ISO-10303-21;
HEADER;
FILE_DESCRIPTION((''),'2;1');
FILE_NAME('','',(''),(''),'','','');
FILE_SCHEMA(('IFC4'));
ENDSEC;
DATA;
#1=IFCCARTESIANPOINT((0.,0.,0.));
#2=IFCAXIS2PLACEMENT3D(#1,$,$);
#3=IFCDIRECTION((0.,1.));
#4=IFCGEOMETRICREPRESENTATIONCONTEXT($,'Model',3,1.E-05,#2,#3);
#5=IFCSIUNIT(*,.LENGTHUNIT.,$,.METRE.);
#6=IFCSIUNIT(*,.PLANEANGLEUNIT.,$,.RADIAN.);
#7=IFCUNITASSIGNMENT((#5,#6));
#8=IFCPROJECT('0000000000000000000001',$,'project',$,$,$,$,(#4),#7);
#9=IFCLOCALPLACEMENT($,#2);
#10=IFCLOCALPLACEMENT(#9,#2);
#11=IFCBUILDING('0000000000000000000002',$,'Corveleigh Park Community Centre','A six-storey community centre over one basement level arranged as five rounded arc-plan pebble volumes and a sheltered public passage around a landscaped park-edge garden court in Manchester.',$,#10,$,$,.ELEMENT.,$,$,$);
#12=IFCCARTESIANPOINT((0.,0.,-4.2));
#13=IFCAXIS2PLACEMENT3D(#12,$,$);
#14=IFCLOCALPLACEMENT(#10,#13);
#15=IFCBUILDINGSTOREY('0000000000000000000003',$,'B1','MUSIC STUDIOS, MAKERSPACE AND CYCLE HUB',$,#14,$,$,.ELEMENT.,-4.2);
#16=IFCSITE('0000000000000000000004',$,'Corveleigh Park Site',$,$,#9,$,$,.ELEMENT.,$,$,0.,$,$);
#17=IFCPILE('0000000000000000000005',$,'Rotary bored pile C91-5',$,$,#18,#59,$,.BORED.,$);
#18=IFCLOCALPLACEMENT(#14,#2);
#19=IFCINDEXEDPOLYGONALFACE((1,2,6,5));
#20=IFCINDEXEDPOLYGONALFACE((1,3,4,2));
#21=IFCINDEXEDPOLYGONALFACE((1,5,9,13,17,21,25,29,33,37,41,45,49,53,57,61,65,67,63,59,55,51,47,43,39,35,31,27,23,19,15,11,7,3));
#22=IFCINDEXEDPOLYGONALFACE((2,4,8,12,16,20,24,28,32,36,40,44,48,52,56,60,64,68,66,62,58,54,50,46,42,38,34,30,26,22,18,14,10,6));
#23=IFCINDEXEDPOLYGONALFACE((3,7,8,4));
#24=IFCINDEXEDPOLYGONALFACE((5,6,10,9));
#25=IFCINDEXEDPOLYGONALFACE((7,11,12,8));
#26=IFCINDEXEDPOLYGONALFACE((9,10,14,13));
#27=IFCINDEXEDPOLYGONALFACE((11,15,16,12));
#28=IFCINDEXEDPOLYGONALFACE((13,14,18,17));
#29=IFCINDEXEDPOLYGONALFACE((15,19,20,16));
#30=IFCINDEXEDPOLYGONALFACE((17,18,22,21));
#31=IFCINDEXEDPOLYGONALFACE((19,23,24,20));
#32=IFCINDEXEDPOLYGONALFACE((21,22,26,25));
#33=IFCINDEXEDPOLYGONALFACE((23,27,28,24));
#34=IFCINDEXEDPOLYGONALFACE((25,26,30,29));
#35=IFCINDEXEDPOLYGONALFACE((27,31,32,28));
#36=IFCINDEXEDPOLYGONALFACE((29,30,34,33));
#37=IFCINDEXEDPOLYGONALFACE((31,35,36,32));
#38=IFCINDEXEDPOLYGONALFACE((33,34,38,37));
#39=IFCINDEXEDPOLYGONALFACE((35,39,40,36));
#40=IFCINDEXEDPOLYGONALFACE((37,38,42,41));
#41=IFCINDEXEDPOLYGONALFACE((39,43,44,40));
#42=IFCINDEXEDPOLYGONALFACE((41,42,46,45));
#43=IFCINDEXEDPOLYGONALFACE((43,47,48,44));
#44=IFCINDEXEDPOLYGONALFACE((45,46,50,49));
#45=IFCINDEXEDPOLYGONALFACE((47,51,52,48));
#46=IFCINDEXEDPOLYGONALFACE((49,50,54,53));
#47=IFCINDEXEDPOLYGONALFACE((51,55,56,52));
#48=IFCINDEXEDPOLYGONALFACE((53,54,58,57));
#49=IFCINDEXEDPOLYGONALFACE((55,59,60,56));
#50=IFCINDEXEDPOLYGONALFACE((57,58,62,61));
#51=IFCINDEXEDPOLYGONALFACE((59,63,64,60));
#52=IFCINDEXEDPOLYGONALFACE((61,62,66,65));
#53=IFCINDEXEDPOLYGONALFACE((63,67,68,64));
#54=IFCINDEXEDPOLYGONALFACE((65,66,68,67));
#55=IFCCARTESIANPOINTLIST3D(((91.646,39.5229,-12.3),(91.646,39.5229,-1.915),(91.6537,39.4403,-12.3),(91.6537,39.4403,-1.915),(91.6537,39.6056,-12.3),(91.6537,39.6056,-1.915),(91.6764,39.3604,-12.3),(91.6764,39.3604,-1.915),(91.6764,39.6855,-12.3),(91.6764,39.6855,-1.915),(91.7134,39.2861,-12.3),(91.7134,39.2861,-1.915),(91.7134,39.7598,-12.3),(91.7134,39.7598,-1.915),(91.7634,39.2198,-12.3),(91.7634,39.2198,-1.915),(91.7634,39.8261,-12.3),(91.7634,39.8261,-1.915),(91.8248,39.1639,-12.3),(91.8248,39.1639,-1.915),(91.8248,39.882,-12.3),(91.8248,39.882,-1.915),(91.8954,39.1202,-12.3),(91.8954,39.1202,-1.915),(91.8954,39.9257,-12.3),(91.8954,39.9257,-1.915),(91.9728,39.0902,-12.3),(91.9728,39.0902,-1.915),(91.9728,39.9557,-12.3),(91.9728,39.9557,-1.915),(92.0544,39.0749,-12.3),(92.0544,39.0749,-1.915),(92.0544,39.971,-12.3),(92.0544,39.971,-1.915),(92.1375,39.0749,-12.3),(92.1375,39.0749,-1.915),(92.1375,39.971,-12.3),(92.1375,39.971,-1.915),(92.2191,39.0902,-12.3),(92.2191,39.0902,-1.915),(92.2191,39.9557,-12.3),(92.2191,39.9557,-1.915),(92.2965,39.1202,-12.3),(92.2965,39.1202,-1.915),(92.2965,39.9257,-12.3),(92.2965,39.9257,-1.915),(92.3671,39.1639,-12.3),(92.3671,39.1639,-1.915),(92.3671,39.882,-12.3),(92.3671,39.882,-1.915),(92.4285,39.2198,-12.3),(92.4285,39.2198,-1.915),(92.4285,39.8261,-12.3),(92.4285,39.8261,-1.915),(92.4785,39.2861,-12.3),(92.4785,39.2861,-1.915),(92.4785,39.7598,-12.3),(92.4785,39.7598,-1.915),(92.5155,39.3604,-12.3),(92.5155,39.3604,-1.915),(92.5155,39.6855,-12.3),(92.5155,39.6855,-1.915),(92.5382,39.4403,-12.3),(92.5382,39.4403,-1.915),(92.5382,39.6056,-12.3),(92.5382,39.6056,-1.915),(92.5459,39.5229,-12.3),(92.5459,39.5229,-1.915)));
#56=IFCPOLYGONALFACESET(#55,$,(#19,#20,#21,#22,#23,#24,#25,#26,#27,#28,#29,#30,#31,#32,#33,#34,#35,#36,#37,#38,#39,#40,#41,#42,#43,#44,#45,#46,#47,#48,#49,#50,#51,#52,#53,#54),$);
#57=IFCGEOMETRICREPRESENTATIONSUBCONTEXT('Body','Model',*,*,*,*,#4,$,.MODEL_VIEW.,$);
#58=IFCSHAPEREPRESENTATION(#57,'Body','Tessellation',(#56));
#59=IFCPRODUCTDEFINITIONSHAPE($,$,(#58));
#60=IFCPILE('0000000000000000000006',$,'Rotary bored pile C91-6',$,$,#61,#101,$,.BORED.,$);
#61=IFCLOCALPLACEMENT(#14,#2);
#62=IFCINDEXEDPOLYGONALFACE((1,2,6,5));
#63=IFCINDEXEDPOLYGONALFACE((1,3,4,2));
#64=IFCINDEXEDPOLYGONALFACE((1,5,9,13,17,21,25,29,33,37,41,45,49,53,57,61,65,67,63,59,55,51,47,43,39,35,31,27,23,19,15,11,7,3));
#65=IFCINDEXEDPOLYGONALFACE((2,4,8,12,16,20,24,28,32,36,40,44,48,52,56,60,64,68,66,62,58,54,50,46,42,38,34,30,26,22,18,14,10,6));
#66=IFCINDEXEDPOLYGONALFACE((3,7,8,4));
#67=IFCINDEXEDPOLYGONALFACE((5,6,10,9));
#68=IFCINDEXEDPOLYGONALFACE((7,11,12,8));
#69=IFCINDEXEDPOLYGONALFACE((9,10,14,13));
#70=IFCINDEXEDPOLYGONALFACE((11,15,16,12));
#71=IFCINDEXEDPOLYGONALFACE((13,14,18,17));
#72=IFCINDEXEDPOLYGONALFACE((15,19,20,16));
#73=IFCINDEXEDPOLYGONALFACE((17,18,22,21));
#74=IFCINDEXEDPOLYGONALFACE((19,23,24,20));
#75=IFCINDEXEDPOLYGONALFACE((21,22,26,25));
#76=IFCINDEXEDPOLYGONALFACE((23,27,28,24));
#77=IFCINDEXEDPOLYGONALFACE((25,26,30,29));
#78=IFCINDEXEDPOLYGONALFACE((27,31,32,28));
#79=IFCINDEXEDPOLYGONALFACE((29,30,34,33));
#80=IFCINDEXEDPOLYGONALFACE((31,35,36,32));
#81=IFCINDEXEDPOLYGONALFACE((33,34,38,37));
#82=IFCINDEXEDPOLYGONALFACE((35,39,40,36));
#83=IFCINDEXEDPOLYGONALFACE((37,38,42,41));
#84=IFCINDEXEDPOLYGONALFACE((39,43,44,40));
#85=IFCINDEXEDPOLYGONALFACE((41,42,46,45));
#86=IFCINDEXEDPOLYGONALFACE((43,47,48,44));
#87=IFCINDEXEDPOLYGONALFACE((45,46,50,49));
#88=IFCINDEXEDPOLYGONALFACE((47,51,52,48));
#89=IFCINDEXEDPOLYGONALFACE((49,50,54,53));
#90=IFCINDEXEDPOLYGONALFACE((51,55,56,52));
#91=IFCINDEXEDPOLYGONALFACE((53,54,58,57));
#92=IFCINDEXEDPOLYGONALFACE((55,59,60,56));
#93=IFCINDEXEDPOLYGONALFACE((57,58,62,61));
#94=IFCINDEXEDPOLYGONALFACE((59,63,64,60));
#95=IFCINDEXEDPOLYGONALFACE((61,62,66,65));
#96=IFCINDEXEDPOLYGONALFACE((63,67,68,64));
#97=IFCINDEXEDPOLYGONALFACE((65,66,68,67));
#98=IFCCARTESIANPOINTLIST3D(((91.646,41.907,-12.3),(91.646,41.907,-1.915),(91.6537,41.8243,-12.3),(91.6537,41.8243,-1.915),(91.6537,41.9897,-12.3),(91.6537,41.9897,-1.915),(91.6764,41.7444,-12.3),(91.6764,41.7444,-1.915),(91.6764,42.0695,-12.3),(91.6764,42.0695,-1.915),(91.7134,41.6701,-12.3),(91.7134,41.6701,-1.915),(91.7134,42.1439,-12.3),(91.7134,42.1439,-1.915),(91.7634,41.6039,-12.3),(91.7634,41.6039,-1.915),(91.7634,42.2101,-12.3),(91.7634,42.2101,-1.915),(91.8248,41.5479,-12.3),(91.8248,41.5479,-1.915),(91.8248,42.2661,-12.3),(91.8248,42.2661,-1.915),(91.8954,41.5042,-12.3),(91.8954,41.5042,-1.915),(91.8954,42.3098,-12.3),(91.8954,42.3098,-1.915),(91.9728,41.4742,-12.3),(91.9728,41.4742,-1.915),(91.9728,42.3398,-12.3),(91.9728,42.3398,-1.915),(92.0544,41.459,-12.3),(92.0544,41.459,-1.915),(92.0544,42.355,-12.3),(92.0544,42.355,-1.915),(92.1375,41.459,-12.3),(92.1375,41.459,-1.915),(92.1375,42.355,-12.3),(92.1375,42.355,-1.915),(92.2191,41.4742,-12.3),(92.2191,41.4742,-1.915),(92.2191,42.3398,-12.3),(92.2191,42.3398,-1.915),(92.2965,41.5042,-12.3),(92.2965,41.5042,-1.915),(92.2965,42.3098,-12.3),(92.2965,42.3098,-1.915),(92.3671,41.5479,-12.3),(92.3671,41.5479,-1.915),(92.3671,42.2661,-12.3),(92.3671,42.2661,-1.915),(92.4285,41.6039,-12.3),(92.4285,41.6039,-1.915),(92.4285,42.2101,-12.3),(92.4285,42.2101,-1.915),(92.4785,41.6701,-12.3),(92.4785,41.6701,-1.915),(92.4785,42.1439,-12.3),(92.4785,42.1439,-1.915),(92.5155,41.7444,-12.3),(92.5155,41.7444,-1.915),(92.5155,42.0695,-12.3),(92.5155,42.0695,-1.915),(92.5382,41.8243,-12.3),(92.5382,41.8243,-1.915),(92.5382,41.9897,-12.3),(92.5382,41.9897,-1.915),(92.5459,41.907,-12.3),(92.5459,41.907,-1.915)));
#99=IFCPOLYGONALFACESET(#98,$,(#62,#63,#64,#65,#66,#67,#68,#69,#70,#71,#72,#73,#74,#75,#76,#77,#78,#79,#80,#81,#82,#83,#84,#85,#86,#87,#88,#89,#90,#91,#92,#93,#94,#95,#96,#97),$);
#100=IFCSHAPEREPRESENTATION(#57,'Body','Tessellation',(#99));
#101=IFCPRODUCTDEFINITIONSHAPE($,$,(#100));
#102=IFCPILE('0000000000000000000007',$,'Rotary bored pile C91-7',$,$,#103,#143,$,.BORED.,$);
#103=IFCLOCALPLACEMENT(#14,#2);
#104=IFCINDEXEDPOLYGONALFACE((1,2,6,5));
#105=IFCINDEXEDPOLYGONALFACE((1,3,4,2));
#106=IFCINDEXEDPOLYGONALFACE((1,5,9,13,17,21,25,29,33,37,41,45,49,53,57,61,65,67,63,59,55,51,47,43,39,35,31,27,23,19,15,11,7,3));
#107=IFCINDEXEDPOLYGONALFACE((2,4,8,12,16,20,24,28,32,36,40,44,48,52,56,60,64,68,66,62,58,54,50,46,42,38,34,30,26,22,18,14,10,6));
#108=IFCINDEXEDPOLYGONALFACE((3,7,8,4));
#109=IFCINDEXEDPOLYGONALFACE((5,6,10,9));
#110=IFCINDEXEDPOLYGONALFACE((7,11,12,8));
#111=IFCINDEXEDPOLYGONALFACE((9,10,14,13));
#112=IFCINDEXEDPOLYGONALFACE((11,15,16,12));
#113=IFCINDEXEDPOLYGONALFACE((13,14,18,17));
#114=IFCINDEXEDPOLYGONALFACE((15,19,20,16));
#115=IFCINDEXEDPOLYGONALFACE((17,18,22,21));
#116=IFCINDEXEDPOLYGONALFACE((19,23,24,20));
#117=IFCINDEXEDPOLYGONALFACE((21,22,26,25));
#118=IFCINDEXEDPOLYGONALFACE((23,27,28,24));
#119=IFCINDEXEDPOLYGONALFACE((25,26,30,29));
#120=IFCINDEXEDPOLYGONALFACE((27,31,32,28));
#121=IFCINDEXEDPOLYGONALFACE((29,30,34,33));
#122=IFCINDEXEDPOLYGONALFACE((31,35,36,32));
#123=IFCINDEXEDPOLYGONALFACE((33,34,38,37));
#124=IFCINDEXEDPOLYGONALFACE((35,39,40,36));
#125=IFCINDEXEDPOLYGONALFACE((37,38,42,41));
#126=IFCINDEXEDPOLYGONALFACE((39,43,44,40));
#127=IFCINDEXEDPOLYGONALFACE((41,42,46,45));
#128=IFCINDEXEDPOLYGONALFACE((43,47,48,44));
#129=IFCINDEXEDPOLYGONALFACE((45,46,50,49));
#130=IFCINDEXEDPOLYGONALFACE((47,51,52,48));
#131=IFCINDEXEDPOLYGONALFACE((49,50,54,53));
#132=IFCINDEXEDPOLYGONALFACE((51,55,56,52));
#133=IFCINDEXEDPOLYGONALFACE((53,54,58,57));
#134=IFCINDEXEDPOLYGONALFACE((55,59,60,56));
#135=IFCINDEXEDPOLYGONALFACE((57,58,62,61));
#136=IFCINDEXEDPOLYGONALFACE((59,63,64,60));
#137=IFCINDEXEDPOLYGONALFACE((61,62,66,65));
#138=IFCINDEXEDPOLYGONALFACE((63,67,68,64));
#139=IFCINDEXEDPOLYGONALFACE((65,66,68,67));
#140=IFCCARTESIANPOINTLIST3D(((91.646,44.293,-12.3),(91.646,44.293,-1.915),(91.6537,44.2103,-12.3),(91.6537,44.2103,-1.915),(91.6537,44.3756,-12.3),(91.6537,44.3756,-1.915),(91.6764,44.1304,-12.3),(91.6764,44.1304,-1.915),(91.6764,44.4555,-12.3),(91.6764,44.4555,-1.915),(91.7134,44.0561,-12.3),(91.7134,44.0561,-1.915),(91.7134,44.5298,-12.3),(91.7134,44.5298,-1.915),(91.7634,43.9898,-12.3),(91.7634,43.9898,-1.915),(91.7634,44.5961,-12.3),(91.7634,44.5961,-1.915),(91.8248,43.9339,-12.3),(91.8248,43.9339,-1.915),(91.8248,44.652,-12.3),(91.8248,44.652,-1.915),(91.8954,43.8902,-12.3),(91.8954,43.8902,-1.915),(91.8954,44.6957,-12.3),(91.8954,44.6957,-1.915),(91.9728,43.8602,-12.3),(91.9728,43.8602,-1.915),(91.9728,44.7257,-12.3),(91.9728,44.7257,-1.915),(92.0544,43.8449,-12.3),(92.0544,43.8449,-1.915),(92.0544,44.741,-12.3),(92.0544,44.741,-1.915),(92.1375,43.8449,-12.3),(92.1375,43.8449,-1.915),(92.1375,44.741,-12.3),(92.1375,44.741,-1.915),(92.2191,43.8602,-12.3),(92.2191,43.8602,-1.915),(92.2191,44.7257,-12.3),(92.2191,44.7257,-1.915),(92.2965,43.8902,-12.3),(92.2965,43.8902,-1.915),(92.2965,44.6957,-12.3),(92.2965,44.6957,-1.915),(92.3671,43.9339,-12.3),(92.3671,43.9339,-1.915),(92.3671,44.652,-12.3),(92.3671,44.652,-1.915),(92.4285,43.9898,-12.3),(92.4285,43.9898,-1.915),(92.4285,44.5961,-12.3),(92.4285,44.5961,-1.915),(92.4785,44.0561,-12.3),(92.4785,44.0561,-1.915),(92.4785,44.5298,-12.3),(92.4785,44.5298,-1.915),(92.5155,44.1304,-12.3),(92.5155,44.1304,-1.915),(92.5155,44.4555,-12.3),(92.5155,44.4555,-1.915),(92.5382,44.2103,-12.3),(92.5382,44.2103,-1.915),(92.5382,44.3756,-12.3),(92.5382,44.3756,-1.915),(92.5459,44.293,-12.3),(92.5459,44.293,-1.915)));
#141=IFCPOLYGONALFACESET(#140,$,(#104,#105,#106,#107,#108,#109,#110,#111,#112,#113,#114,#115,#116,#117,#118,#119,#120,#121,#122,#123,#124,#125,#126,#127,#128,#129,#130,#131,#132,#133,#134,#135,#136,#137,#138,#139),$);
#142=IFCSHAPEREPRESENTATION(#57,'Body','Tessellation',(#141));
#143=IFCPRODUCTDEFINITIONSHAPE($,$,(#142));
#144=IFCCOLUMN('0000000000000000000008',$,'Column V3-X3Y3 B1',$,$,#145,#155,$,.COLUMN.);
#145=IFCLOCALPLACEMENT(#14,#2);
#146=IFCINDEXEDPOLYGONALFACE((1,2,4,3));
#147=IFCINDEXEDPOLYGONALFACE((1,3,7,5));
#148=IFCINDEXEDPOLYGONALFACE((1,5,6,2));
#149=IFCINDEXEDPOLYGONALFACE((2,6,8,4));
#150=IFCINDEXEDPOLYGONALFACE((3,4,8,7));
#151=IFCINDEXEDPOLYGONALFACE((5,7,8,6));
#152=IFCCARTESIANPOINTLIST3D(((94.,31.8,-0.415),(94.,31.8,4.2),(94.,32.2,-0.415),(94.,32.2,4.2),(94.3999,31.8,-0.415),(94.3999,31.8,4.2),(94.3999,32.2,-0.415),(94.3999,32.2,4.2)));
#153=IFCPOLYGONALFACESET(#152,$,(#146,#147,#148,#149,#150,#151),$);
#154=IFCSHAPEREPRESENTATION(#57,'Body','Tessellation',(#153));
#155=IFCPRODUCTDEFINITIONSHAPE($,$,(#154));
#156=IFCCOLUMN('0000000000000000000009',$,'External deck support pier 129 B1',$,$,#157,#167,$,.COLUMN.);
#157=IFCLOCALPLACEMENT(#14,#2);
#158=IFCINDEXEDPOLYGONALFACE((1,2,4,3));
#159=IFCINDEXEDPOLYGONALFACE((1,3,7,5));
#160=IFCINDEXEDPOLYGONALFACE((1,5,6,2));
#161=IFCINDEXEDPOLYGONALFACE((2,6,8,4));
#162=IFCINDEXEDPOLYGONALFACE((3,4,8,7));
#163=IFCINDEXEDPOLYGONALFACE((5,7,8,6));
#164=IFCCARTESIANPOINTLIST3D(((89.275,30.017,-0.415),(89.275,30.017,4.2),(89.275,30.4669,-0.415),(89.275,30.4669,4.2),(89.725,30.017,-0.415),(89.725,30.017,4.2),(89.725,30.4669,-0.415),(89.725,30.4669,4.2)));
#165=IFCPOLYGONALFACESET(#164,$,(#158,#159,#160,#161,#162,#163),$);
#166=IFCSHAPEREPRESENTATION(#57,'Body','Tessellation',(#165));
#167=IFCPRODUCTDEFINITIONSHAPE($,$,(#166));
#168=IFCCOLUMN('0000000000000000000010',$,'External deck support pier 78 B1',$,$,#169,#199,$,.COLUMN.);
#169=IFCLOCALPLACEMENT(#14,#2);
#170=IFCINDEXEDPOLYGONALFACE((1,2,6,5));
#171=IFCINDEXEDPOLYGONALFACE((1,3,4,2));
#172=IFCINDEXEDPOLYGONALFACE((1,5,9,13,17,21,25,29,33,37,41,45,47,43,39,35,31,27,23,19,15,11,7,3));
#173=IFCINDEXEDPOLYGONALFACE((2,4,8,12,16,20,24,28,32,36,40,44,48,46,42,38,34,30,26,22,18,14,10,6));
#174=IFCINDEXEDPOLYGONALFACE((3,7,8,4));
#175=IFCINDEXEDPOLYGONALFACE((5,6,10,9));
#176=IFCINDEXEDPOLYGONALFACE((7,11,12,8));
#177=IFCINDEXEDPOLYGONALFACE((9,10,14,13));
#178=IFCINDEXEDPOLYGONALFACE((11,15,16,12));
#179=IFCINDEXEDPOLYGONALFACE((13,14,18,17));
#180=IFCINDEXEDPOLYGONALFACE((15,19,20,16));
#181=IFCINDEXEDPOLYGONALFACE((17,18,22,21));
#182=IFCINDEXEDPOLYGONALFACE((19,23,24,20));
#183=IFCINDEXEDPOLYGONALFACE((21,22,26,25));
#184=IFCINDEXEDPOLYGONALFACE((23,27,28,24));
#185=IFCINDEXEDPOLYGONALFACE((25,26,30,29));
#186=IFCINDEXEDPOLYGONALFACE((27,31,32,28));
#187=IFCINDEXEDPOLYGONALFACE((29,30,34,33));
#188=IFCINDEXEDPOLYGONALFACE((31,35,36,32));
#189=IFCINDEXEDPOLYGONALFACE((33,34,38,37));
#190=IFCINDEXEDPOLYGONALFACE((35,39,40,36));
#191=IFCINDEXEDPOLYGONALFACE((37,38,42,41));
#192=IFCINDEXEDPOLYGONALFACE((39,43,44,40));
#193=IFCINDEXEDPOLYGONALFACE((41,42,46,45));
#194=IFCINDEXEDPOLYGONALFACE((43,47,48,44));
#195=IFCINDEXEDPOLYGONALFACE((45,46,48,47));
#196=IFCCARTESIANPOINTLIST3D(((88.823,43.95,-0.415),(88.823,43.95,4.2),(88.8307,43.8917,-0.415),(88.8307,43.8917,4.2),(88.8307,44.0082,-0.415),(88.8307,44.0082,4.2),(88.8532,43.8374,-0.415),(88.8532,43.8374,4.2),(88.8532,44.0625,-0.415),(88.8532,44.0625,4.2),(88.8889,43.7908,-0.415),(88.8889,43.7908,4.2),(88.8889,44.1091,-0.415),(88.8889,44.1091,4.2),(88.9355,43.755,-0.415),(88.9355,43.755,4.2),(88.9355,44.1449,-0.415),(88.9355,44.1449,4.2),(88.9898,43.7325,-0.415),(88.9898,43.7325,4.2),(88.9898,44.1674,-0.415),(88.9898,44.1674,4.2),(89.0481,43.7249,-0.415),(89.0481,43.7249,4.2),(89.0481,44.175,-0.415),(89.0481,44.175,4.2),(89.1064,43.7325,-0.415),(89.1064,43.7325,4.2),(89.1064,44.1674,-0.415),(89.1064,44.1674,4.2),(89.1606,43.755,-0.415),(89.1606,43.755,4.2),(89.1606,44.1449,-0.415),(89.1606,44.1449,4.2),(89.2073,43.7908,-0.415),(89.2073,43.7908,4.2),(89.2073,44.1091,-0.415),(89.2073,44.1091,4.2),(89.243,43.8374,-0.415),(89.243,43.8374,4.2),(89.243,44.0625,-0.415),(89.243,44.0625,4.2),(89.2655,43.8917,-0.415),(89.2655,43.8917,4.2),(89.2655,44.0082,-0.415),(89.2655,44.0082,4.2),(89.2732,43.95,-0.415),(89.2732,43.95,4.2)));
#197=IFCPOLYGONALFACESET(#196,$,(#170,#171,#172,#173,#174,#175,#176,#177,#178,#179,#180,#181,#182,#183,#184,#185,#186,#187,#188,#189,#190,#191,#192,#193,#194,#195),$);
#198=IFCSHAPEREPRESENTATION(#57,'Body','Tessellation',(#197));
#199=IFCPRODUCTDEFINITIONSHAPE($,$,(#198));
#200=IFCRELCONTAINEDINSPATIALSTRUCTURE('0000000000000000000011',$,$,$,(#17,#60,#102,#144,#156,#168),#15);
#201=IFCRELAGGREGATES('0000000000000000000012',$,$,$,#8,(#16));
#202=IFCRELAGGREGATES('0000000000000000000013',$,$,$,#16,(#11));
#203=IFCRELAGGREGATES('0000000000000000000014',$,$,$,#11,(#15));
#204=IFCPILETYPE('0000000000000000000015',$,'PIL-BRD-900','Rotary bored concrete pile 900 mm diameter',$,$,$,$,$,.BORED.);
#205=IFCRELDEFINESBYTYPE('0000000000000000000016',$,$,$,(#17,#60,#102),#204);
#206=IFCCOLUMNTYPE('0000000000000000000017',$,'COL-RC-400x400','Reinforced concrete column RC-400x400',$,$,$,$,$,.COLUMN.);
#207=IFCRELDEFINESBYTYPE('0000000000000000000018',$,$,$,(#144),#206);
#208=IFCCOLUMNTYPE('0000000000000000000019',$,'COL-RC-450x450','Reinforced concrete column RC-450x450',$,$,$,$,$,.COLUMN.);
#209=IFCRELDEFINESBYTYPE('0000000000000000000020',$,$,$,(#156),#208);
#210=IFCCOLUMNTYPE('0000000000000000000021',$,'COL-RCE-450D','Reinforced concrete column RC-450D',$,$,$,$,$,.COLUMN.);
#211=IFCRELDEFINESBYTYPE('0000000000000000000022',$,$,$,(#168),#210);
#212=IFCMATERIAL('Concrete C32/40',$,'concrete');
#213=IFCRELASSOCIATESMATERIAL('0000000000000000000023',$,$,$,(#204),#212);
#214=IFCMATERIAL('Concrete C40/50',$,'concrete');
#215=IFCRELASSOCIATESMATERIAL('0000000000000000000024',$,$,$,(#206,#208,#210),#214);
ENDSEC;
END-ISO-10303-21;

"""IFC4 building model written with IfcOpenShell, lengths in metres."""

from ifc_helpers import new_model, si_unit, direction, frame, origin, origin_2d, place, context, subcontext, project, spatial, rectangle, circle, extrude, material, material_profile, profile_set, type_object, element, save


model = new_model("IFC4")

# Units and contexts
model_context = context("Model", 3, precision=1e-05, world=origin(), true_north=direction((0.0, 1.0)))
body_context = subcontext(model_context, "Body", "Model", "MODEL_VIEW")
ifc_project = project(units=[si_unit("LENGTHUNIT", "METRE"), si_unit("PLANEANGLEUNIT", "RADIAN")], contexts=[model_context])

# Site, building, storey
site_placement = place(None, origin())
site = spatial("IfcSite", under=ifc_project, at=site_placement, Name="Corveleigh Park Site", CompositionType="ELEMENT", RefElevation=0.0)
building_placement = place(site_placement, origin())
building = spatial("IfcBuilding", under=site, at=building_placement, Name="Corveleigh Park Community Centre", Description="A six-storey community centre over one basement level arranged as five rounded arc-plan pebble volumes and a sheltered public passage around a landscaped park-edge garden court in Manchester.", CompositionType="ELEMENT")
storey_placement = place(building_placement, frame((0.0, 0.0, -4.2)))
storey = spatial("IfcBuildingStorey", under=building, at=storey_placement, Name="B1", Description="MUSIC STUDIOS, MAKERSPACE AND CYCLE HUB", CompositionType="ELEMENT", Elevation=-4.2)

# Shared definitions
ifc_material_1 = material(Name="Concrete C40/50", Category="concrete")

# Piles
ifc_material_2 = material(Name="Concrete C32/40", Category="concrete")
ifc_material_profile_1 = material_profile(ifc_material_2, circle(Radius=0.45, at=origin_2d()), Name="BORED-PILE-900", Category="concrete")
ifc_profile_set_1 = profile_set([ifc_material_profile_1], Name="Concrete C32/40")
pile_type_1 = type_object("IfcPileType", Name="PIL-BRD-900", Description="Rotary bored concrete pile 900 mm diameter", PredefinedType="BORED", material=ifc_profile_set_1)
for number, where, z_axis, x_axis, name in (
    (1, (92.0959, 39.5229, -1.915), (0.0, 0.0, -1.0), (1.0, 0.0, 0.0), "Rotary bored pile C91-5"),
    (2, (92.0959, 41.907, -1.915), (0.0, 0.0, -1.0), (1.0, 0.0, 0.0), "Rotary bored pile C91-6"),
    (3, (92.0959, 44.293, -1.915), (0.0, 0.0, -1.0), (1.0, 0.0, 0.0), "Rotary bored pile C91-7"),
):
    element("IfcPile", number, at=place(storey_placement, frame(where, z_axis=z_axis, x_axis=x_axis)), inside=storey, type_object=pile_type_1, Name=name, PredefinedType="BORED", context=body_context, shape_type="SweptSolid", body=[
        extrude(circle(Radius=0.45, at=origin_2d()), origin(), (0.0, 0.0, 1.0), 10.385),
    ])

# Columns
ifc_material_profile_2 = material_profile(ifc_material_1, rectangle(XDim=0.3999, YDim=0.3999, at=origin_2d()), Name="RC-400x400", Category="concrete")
ifc_profile_set_2 = profile_set([ifc_material_profile_2], Name="Concrete C40/50")
column_type_1 = type_object("IfcColumnType", Name="COL-RC-400x400", Description="Reinforced concrete column RC-400x400", PredefinedType="COLUMN", material=ifc_profile_set_2)
column_1_placement = place(storey_placement, frame((94.2, 32.0, -0.415), z_axis=(0.0, 0.0, 1.0), x_axis=(1.0, 0.0, 0.0)))
element("IfcColumn", 4, at=column_1_placement, inside=storey, type_object=column_type_1, Name="Column V3-X3Y3 B1", PredefinedType="COLUMN", context=body_context, shape_type="SweptSolid", body=[
    extrude(rectangle(XDim=0.3999, YDim=0.3999, at=origin_2d()), origin(), (0.0, 0.0, 1.0), 4.615),
])
ifc_material_profile_3 = material_profile(ifc_material_1, rectangle(XDim=0.45, YDim=0.45, at=origin_2d()), Name="RC-450x450", Category="concrete")
ifc_profile_set_3 = profile_set([ifc_material_profile_3], Name="Concrete C40/50")
column_type_2 = type_object("IfcColumnType", Name="COL-RC-450x450", Description="Reinforced concrete column RC-450x450", PredefinedType="COLUMN", material=ifc_profile_set_3)
column_2_placement = place(storey_placement, frame((89.5, 30.2419, -0.415), z_axis=(0.0, 0.0, 1.0), x_axis=(1.0, 0.0, 0.0)))
element("IfcColumn", 5, at=column_2_placement, inside=storey, type_object=column_type_2, Name="External deck support pier 129 B1", PredefinedType="COLUMN", context=body_context, shape_type="SweptSolid", body=[
    extrude(rectangle(XDim=0.45, YDim=0.45, at=origin_2d()), origin(), (0.0, 0.0, 1.0), 4.615),
])
ifc_material_profile_4 = material_profile(ifc_material_1, circle(Radius=0.2251, at=origin_2d()), Name="RC-450D", Category="concrete")
ifc_profile_set_4 = profile_set([ifc_material_profile_4], Name="Concrete C40/50")
column_type_3 = type_object("IfcColumnType", Name="COL-RCE-450D", Description="Reinforced concrete column RC-450D", PredefinedType="COLUMN", material=ifc_profile_set_4)
for number, where, z_axis, x_axis, name in (
    (6, (89.0481, 43.95, -0.415), (0.0, 0.0, 1.0), (1.0, 0.0, 0.0), "External deck support pier 78 B1"),
):
    element("IfcColumn", number, at=place(storey_placement, frame(where, z_axis=z_axis, x_axis=x_axis)), inside=storey, type_object=column_type_3, Name=name, PredefinedType="COLUMN", context=body_context, shape_type="SweptSolid", body=[
        extrude(circle(Radius=0.2251, at=origin_2d()), origin(), (0.0, 0.0, 1.0), 4.615),
    ])

save(model, "model.ifc")
